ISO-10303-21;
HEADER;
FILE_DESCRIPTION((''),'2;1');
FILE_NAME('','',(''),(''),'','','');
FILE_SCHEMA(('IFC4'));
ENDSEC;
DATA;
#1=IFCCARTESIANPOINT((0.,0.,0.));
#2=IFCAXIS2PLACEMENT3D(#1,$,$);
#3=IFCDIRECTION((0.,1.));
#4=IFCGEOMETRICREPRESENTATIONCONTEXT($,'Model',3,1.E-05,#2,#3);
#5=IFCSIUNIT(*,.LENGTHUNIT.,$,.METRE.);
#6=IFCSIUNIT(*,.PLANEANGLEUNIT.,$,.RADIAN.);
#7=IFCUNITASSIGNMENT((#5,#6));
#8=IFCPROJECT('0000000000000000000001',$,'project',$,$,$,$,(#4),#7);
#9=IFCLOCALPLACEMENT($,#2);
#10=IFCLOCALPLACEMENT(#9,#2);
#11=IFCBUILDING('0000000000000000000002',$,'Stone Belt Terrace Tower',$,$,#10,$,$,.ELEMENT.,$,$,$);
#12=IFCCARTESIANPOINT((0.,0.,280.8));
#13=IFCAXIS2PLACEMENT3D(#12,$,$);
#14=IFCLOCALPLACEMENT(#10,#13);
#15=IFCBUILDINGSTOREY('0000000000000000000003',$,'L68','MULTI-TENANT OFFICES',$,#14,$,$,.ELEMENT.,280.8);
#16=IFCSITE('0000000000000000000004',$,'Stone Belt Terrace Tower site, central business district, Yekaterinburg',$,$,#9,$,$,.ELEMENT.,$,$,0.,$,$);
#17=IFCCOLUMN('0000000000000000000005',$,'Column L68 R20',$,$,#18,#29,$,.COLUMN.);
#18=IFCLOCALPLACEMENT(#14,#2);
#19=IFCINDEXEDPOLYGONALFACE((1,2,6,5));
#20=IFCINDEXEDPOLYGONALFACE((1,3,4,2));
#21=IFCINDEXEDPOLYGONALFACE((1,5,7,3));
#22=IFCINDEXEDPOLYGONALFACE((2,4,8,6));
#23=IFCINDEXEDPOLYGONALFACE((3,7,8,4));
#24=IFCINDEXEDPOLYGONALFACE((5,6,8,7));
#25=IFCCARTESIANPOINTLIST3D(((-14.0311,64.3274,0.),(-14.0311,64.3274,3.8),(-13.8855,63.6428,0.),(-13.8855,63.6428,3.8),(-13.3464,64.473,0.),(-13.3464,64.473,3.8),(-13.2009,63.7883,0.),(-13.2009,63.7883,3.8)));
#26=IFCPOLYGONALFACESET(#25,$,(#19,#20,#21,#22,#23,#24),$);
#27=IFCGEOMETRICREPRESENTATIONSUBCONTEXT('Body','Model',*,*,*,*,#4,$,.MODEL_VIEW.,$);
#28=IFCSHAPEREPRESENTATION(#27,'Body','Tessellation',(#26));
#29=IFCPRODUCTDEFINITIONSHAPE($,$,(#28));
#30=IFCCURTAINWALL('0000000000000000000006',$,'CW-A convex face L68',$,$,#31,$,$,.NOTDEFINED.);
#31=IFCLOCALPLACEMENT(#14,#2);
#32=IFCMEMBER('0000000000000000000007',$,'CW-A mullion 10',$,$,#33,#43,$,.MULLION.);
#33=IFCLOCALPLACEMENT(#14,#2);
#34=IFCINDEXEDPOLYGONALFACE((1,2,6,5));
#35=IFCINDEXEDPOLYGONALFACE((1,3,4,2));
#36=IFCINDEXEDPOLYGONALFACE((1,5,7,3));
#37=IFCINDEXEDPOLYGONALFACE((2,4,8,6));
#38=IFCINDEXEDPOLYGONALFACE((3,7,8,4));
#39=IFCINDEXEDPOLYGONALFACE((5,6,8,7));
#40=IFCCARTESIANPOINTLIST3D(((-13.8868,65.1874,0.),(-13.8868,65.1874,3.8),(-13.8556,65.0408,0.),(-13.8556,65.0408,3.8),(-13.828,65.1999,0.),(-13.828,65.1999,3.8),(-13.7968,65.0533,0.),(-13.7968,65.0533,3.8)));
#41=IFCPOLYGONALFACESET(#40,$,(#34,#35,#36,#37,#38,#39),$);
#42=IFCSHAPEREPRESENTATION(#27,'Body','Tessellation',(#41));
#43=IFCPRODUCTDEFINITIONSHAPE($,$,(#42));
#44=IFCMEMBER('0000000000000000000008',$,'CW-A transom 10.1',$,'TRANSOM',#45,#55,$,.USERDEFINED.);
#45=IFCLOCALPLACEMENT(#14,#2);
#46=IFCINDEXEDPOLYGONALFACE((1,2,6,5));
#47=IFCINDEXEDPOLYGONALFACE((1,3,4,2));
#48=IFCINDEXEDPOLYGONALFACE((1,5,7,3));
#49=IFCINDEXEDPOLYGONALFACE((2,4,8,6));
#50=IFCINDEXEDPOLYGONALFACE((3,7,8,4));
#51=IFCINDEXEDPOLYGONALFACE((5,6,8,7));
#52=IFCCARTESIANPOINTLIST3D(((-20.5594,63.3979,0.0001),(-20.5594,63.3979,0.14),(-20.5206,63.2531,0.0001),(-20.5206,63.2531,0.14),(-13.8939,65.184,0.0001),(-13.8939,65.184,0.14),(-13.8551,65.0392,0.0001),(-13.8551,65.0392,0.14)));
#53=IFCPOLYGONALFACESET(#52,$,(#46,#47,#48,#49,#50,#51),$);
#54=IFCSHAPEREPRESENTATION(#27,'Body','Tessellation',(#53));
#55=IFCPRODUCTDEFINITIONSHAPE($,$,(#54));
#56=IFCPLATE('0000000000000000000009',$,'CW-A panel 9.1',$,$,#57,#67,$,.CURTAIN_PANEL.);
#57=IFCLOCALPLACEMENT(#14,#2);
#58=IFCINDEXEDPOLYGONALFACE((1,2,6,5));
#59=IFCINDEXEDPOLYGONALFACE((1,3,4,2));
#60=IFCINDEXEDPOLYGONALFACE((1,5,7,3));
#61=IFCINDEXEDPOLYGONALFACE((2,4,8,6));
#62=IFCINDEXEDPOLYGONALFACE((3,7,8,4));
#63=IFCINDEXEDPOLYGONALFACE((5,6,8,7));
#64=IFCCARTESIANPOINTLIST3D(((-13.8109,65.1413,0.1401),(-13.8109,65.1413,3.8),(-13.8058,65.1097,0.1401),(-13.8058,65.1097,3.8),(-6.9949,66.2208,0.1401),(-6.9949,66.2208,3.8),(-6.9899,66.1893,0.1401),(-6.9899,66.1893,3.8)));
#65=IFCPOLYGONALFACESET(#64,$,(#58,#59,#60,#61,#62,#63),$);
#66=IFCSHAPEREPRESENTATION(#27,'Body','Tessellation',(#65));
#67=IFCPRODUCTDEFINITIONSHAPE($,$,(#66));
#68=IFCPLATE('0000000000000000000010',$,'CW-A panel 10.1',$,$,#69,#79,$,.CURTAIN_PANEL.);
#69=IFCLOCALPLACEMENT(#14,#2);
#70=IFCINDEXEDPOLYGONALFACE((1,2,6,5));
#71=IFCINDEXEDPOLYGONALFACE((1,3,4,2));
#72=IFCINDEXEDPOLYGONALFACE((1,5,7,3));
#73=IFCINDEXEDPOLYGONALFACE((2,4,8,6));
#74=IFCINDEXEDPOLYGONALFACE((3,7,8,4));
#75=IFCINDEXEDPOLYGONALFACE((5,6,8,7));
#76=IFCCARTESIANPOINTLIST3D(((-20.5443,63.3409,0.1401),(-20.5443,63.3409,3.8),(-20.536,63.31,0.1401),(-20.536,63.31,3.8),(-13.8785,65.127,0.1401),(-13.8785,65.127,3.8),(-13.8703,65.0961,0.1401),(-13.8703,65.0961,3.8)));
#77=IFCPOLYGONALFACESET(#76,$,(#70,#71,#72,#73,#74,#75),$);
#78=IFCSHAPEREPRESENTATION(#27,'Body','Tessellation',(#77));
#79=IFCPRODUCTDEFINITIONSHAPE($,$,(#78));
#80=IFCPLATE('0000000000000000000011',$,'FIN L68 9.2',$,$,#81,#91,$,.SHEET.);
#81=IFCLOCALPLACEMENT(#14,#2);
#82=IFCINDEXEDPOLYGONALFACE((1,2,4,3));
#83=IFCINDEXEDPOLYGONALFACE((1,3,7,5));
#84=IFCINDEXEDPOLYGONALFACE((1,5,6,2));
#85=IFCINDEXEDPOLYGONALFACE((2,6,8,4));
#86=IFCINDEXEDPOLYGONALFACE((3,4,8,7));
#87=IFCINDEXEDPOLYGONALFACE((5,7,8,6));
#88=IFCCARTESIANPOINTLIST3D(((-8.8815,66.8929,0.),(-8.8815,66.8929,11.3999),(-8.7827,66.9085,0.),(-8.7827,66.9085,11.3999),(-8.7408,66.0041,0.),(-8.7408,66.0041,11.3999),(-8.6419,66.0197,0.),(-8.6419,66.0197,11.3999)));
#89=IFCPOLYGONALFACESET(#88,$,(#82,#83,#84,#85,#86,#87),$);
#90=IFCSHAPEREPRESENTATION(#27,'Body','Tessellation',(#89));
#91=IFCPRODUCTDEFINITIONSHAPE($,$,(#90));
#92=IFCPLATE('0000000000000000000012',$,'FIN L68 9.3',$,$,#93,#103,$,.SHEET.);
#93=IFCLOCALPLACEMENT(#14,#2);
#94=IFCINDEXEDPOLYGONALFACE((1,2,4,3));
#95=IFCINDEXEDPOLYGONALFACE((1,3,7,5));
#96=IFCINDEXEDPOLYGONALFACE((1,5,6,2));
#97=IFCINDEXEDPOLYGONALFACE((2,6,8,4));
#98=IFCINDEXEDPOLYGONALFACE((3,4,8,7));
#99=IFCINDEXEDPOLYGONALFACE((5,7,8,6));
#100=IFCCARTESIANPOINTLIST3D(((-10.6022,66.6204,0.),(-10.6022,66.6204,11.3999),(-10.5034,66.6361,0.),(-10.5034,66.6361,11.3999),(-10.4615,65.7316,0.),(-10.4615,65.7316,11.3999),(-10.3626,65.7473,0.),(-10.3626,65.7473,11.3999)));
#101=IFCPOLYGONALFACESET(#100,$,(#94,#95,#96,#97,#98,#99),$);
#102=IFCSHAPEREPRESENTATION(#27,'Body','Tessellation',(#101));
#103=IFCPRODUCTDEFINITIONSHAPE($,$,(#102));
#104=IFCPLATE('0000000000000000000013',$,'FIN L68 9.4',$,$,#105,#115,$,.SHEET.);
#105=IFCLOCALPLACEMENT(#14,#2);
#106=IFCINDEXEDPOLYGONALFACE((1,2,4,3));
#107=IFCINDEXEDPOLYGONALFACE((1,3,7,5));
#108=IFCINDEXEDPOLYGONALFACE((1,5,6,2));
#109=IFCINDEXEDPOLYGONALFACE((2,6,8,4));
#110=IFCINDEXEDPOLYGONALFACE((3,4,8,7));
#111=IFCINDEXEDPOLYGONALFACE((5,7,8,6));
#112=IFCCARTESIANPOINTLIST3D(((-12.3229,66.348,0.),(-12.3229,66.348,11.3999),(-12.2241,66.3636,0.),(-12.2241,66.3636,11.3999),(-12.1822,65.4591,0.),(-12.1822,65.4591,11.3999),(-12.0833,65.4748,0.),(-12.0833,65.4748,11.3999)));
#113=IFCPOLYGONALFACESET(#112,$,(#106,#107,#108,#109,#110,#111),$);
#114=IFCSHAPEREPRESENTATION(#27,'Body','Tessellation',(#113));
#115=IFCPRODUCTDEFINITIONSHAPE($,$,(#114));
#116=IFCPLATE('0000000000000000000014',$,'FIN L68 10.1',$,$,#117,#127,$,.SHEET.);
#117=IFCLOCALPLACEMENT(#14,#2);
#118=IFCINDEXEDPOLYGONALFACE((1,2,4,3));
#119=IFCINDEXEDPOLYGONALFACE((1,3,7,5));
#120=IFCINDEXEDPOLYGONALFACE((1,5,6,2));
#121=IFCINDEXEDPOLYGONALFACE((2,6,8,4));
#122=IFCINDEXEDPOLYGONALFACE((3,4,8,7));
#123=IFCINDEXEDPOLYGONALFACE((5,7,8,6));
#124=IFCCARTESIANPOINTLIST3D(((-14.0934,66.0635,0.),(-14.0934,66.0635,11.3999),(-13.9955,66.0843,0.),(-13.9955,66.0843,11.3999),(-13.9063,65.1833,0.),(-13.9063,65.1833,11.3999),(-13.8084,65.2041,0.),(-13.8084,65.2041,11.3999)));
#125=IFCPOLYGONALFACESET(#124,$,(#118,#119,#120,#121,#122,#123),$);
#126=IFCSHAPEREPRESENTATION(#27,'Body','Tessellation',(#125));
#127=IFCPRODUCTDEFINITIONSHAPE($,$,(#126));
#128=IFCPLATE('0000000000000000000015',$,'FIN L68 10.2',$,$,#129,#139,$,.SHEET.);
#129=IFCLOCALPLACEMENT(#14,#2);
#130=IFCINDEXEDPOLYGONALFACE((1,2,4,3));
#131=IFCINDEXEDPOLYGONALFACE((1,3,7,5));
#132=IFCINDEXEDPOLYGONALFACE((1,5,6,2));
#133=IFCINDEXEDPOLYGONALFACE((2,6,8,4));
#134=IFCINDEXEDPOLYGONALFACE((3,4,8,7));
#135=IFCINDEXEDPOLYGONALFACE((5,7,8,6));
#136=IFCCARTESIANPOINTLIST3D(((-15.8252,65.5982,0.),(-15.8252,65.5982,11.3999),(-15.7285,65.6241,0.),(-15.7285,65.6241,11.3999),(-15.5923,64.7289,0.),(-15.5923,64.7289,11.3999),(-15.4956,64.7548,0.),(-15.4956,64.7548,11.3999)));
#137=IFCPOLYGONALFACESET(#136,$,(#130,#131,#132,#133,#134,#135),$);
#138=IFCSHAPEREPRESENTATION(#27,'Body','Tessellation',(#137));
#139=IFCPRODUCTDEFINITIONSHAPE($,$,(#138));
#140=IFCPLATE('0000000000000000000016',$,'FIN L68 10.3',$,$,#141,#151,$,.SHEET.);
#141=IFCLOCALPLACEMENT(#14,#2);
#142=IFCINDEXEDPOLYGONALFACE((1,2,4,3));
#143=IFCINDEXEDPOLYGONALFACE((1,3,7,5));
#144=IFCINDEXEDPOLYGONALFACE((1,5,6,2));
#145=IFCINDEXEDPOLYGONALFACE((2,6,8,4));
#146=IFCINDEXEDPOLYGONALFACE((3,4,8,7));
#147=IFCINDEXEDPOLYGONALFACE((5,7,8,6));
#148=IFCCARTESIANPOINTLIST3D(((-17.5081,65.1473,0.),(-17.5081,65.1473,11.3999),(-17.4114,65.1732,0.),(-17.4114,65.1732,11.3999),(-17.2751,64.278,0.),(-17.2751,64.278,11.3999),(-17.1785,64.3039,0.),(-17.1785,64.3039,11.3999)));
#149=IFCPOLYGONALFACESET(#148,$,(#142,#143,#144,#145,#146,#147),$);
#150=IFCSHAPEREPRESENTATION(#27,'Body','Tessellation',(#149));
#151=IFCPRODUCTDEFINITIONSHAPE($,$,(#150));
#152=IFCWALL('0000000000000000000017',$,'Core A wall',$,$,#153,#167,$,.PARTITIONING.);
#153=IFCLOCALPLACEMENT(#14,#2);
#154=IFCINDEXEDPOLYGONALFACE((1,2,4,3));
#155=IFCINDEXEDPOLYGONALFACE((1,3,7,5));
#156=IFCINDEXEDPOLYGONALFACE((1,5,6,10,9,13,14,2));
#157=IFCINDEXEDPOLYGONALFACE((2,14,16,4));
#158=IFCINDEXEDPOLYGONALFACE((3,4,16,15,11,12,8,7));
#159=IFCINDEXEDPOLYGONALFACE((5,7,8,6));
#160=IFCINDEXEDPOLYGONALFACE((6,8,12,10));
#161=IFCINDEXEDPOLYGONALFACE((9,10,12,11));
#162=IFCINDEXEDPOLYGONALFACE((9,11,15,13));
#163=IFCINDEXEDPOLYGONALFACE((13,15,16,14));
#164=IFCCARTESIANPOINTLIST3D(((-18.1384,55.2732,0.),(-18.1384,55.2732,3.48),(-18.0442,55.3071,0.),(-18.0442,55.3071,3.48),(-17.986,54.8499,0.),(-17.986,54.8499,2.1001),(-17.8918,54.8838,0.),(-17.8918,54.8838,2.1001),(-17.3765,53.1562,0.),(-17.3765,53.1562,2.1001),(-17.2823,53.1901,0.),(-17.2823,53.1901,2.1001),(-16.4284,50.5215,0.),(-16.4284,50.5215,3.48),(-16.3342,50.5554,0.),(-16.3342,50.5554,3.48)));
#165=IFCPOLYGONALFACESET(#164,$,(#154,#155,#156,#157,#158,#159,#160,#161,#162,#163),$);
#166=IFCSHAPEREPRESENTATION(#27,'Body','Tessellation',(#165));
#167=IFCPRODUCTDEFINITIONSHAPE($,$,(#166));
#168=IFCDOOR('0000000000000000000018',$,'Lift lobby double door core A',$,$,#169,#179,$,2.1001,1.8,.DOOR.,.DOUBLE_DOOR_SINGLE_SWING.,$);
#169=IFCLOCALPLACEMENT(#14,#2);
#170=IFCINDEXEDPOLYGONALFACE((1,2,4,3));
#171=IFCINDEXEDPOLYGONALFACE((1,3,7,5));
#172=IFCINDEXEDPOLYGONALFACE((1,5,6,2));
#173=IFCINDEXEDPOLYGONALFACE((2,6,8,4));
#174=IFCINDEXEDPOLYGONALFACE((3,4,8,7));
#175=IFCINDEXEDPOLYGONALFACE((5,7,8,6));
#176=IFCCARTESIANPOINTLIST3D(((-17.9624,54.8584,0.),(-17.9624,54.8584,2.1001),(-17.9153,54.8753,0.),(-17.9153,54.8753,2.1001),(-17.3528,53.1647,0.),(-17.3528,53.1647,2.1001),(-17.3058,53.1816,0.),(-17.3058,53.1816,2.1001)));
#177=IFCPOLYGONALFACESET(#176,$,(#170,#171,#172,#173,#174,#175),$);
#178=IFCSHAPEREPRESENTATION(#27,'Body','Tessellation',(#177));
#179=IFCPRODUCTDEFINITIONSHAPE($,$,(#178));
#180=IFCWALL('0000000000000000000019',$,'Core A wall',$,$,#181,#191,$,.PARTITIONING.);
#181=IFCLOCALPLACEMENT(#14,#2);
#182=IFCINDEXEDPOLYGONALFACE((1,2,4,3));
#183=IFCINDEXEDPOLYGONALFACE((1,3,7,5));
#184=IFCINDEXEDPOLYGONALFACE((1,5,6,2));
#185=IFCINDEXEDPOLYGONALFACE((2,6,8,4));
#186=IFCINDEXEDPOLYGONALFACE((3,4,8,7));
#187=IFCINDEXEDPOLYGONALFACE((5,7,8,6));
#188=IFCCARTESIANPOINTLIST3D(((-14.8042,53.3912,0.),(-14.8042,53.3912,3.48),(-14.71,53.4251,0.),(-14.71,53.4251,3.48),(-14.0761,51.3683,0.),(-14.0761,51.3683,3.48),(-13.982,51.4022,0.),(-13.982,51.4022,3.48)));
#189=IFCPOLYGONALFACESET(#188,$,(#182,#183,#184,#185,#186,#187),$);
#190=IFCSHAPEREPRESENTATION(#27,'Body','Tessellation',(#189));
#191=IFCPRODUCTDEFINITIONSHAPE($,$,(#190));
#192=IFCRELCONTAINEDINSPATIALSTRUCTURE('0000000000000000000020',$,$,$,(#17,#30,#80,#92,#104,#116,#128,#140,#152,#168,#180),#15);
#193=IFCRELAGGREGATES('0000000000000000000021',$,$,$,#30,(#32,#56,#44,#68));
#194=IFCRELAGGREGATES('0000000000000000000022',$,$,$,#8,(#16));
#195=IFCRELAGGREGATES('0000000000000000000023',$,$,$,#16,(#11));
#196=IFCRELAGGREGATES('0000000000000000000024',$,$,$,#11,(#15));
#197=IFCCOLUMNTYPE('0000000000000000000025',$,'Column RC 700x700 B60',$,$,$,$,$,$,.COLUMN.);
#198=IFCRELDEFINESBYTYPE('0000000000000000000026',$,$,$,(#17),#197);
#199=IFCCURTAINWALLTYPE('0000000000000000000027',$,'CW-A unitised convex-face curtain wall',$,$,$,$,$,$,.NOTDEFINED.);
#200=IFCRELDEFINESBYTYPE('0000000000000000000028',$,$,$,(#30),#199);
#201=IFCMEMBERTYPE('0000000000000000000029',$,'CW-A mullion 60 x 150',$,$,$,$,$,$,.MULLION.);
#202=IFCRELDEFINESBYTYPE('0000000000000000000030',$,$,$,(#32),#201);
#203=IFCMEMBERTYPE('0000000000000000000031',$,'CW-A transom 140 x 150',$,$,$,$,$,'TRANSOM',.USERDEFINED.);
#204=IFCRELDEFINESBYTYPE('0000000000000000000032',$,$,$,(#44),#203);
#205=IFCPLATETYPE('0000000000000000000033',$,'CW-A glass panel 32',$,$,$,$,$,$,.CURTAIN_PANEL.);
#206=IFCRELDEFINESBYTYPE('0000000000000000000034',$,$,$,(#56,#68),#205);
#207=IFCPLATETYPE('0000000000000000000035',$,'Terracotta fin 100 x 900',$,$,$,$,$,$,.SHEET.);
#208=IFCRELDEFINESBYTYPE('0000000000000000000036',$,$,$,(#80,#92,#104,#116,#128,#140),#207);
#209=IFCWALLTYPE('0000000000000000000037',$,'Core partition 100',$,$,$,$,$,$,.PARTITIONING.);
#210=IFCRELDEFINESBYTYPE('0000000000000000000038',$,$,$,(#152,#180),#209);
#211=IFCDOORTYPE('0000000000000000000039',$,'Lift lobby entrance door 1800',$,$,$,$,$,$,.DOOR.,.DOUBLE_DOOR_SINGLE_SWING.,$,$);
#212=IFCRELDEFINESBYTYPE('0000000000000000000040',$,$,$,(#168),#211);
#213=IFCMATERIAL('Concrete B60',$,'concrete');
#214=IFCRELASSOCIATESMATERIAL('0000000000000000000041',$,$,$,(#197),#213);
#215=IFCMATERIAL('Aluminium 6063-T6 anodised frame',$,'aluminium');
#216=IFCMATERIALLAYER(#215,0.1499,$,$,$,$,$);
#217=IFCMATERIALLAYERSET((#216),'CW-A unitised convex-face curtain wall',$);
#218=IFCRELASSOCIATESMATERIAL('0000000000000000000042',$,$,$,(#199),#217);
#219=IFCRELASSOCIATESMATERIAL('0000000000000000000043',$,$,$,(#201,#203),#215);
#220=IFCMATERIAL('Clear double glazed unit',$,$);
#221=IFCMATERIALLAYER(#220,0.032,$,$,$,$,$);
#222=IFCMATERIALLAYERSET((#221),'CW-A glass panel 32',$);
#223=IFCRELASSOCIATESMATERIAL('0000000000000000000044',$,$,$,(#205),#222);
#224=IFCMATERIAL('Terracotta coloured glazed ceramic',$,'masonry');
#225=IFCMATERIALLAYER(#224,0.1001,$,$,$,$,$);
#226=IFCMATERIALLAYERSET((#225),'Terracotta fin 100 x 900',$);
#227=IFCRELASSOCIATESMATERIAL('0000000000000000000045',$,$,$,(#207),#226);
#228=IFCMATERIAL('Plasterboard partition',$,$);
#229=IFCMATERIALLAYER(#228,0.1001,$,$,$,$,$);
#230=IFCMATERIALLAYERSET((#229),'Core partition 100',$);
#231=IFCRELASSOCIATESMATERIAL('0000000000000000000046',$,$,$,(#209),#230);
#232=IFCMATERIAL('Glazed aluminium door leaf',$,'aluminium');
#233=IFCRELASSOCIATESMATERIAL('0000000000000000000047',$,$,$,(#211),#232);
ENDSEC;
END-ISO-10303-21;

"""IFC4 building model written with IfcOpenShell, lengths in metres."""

from ifc_helpers import new_model, si_unit, direction, frame, frame_2d, origin, origin_2d, place, context, subcontext, project, spatial, rectangle, extrude, material, layer, layer_set, material_profile, profile_set, type_object, element, fill, aggregate, save


model = new_model("IFC4")

# Units and contexts
model_context = context("Model", 3, precision=1e-05, world=origin(), true_north=direction((0.0, 1.0)))
body_context = subcontext(model_context, "Body", "Model", "MODEL_VIEW")
ifc_project = project(units=[si_unit("LENGTHUNIT", "METRE"), si_unit("PLANEANGLEUNIT", "RADIAN")], contexts=[model_context])

# Site, building, storey
site_placement = place(None, origin())
site = spatial("IfcSite", under=ifc_project, at=site_placement, Name="Stone Belt Terrace Tower site, central business district, Yekaterinburg", CompositionType="ELEMENT", RefElevation=0.0)
building_placement = place(site_placement, origin())
building = spatial("IfcBuilding", under=site, at=building_placement, Name="Stone Belt Terrace Tower", CompositionType="ELEMENT")
storey_placement = place(building_placement, frame((0.0, 0.0, 280.8)))
storey = spatial("IfcBuildingStorey", under=building, at=storey_placement, Name="L68", Description="MULTI-TENANT OFFICES", CompositionType="ELEMENT", Elevation=280.8)

# Column
ifc_material_1 = material(Name="Concrete B60", Category="concrete")
ifc_material_profile_1 = material_profile(ifc_material_1, rectangle(XDim=0.7, YDim=0.7, at=origin_2d()), Name="RC 700x700")
ifc_profile_set_1 = profile_set([ifc_material_profile_1], Name="Concrete B60")
column_type = type_object("IfcColumnType", Name="Column RC 700x700 B60", PredefinedType="COLUMN", material=ifc_profile_set_1)
column_placement = place(storey_placement, frame((-13.616, 64.0579, 0.0), z_axis=(0.0, 0.0, 1.0), x_axis=(0.978148, 0.207912, 0.0)))
element("IfcColumn", 1, at=column_placement, inside=storey, type_object=column_type, Name="Column L68 R20", PredefinedType="COLUMN", context=body_context, shape_type="SweptSolid", body=[
    extrude(rectangle(XDim=0.7, YDim=0.7, at=origin_2d()), origin(), (0.0, 0.0, 1.0), 3.8),
])

# Curtain wall, members, plates
ifc_material_2 = material(Name="Aluminium 6063-T6 anodised frame", Category="aluminium")
ifc_layer_1 = layer(ifc_material_2, 0.1499)
ifc_layer_set_1 = layer_set([ifc_layer_1], Name="CW-A unitised convex-face curtain wall")
curtain_wall_type = type_object("IfcCurtainWallType", Name="CW-A unitised convex-face curtain wall", PredefinedType="NOTDEFINED", material=ifc_layer_set_1)
curtain_wall_placement = place(storey_placement, origin())
curtain_wall = element("IfcCurtainWall", 2, at=curtain_wall_placement, inside=storey, type_object=curtain_wall_type, Name="CW-A convex face L68", PredefinedType="NOTDEFINED")
ifc_material_profile_2 = material_profile(ifc_material_2, rectangle(XDim=0.1499, YDim=0.0601, at=origin_2d()), Name="Aluminium 6063-T6 60x150")
ifc_profile_set_2 = profile_set([ifc_material_profile_2], Name="Aluminium 6063-T6 anodised frame")
member_type_1 = type_object("IfcMemberType", Name="CW-A mullion 60 x 150", PredefinedType="MULLION", material=ifc_profile_set_2)
member_1_placement = place(storey_placement, frame((-13.8418, 65.1204, 0.0), z_axis=(0.0, 0.0, 1.0), x_axis=(0.207912, -0.978148, 0.0)))
member_1 = element("IfcMember", 3, at=member_1_placement, type_object=member_type_1, Name="CW-A mullion 10", PredefinedType="MULLION", context=body_context, shape_type="SweptSolid", body=[
    extrude(rectangle(XDim=0.1499, YDim=0.0601, at=origin_2d()), origin(), (0.0, 0.0, 1.0), 3.8),
])
ifc_material_profile_3 = material_profile(ifc_material_2, rectangle(XDim=0.1499, YDim=0.1399, at=origin_2d()), Name="Aluminium 6063-T6 150x140")
ifc_profile_set_3 = profile_set([ifc_material_profile_3], Name="Aluminium 6063-T6 anodised frame")
member_type_2 = type_object("IfcMemberType", Name="CW-A transom 140 x 150", ElementType="TRANSOM", PredefinedType="USERDEFINED", material=ifc_profile_set_3)
member_2_placement = place(storey_placement, frame((-13.8745, 65.1116, 0.0701), z_axis=(-0.965922, -0.258834, 0.0), x_axis=(0.258834, -0.965922, 0.0)))
member_2 = element("IfcMember", 4, at=member_2_placement, type_object=member_type_2, Name="CW-A transom 10.1", ObjectType="TRANSOM", PredefinedType="USERDEFINED", context=body_context, shape_type="SweptSolid", body=[
    extrude(rectangle(XDim=0.1499, YDim=0.1399, at=origin_2d()), origin(), (0.0, 0.0, 1.0), 6.9006),
])
ifc_material_3 = material(Name="Clear double glazed unit")
ifc_layer_2 = layer(ifc_material_3, 0.032)
ifc_layer_set_2 = layer_set([ifc_layer_2], Name="CW-A glass panel 32")
plate_type_1 = type_object("IfcPlateType", Name="CW-A glass panel 32", PredefinedType="CURTAIN_PANEL", material=ifc_layer_set_2)
plate_1_placement = place(storey_placement, frame((-10.4004, 65.6653, 0.1401), z_axis=(0.0, 0.0, 1.0), x_axis=(-0.987688, -0.156434, 0.0)))
plate_1 = element("IfcPlate", 5, at=plate_1_placement, type_object=plate_type_1, Name="CW-A panel 9.1", PredefinedType="CURTAIN_PANEL", context=body_context, shape_type="SweptSolid", body=[
    extrude(rectangle(XDim=6.9009, YDim=0.032, at=origin_2d()), origin(), (0.0, 0.0, 1.0), 3.6599),
])
plate_2_placement = place(storey_placement, frame((-17.2073, 64.2185, 0.1401), z_axis=(0.0, 0.0, 1.0), x_axis=(-0.965926, -0.258819, 0.0)))
plate_2 = element("IfcPlate", 6, at=plate_2_placement, type_object=plate_type_1, Name="CW-A panel 10.1", PredefinedType="CURTAIN_PANEL", context=body_context, shape_type="SweptSolid", body=[
    extrude(rectangle(XDim=6.9009, YDim=0.032, at=origin_2d()), origin(), (0.0, 0.0, 1.0), 3.6599),
])
aggregate(curtain_wall, [member_1, plate_1, member_2, plate_2])

# Plates
ifc_material_4 = material(Name="Terracotta coloured glazed ceramic", Category="masonry")
ifc_layer_3 = layer(ifc_material_4, 0.1001)
ifc_layer_set_3 = layer_set([ifc_layer_3], Name="Terracotta fin 100 x 900")
plate_type_2 = type_object("IfcPlateType", Name="Terracotta fin 100 x 900", PredefinedType="SHEET", material=ifc_layer_set_3)
for number, where, z_axis, x_axis, name in (
    (7, (-8.7617, 66.4563, 0.0), (0.0, 0.0, 1.0), (-0.156434, 0.987688, 0.0), "FIN L68 9.2"),
    (8, (-10.4824, 66.1838, 0.0), (0.0, 0.0, 1.0), (-0.156434, 0.987688, 0.0), "FIN L68 9.3"),
    (9, (-12.2031, 65.9114, 0.0), (0.0, 0.0, 1.0), (-0.156434, 0.987688, 0.0), "FIN L68 9.4"),
    (10, (-13.9509, 65.6338, 0.0), (0.0, 0.0, 1.0), (-0.207912, 0.978148, 0.0), "FIN L68 10.1"),
    (11, (-15.6604, 65.1765, 0.0), (0.0, 0.0, 1.0), (-0.258819, 0.965926, 0.0), "FIN L68 10.2"),
    (12, (-17.3433, 64.7256, 0.0), (0.0, 0.0, 1.0), (-0.258819, 0.965926, 0.0), "FIN L68 10.3"),
):
    element("IfcPlate", number, at=place(storey_placement, frame(where, z_axis=z_axis, x_axis=x_axis)), inside=storey, type_object=plate_type_2, Name=name, PredefinedType="SHEET", context=body_context, shape_type="SweptSolid", body=[
        extrude(rectangle(XDim=0.8999, YDim=0.1001, at=origin_2d()), origin(), (0.0, 0.0, 1.0), 11.3999),
    ])

# Wall, opening, door
ifc_material_5 = material(Name="Plasterboard partition")
ifc_layer_4 = layer(ifc_material_5, 0.1001)
ifc_layer_set_4 = layer_set([ifc_layer_4], Name="Core partition 100")
wall_type_1 = type_object("IfcWallType", Name="Core partition 100", PredefinedType="PARTITIONING", material=ifc_layer_set_4)
wall_1_placement = place(storey_placement, frame((-16.3813, 50.5386, 0.0), z_axis=(0.0, 0.0, 1.0), x_axis=(-0.338605, 0.940929, 0.0)))
wall_1 = element("IfcWall", 13, at=wall_1_placement, inside=storey, type_object=wall_type_1, Name="Core A wall", PredefinedType="PARTITIONING", context=body_context, shape_type="SweptSolid", body=[
    extrude(rectangle(XDim=5.05, YDim=0.1001, at=frame_2d((2.5249, 0.0))), origin(), (0.0, 0.0, 1.0), 3.48),
])
opening_1_placement = place(wall_1_placement, frame((2.8, 0.0, 0.0)))
opening_1 = element("IfcOpeningElement", 14, at=opening_1_placement, cuts=wall_1, PredefinedType="OPENING", context=body_context, shape_type="SweptSolid", body=[
    extrude(rectangle(XDim=1.8, YDim=2.1001, at=frame_2d((0.8999, 1.05))), frame((0.0, 0.0601, 0.0), z_axis=(0.0, -1.0, 0.0), x_axis=(1.0, 0.0, 0.0)), (0.0, 0.0, 1.0), 0.1201),
])
ifc_material_6 = material(Name="Glazed aluminium door leaf", Category="aluminium")
door_type_1 = type_object("IfcDoorType", Name="Lift lobby entrance door 1800", OperationType="DOUBLE_DOOR_SINGLE_SWING", PredefinedType="DOOR", material=ifc_material_6)
door_1_placement = place(opening_1_placement, origin())
door_1 = element("IfcDoor", 15, at=door_1_placement, inside=storey, type_object=door_type_1, Name="Lift lobby double door core A", OperationType="DOUBLE_DOOR_SINGLE_SWING", OverallHeight=2.1001, OverallWidth=1.8, PredefinedType="DOOR", context=body_context, shape_type="SweptSolid", body=[
    extrude(rectangle(XDim=1.8, YDim=2.1001, at=frame_2d((0.8999, 1.05))), frame((0.0, 0.0249, 0.0), z_axis=(0.0, -1.0, 0.0), x_axis=(1.0, 0.0, 0.0)), (0.0, 0.0, 1.0), 0.05),
])
fill(opening_1, door_1)

# Wall
wall_2_placement = place(storey_placement, frame((-14.0291, 51.3853, 0.0), z_axis=(0.0, 0.0, 1.0), x_axis=(-0.338623, 0.940922, 0.0)))
element("IfcWall", 16, at=wall_2_placement, inside=storey, type_object=wall_type_1, Name="Core A wall", PredefinedType="PARTITIONING", context=body_context, shape_type="SweptSolid", body=[
    extrude(rectangle(XDim=2.1499, YDim=0.1001, at=frame_2d((1.075, 0.0))), origin(), (0.0, 0.0, 1.0), 3.48),
])

save(model, "model.ifc")
